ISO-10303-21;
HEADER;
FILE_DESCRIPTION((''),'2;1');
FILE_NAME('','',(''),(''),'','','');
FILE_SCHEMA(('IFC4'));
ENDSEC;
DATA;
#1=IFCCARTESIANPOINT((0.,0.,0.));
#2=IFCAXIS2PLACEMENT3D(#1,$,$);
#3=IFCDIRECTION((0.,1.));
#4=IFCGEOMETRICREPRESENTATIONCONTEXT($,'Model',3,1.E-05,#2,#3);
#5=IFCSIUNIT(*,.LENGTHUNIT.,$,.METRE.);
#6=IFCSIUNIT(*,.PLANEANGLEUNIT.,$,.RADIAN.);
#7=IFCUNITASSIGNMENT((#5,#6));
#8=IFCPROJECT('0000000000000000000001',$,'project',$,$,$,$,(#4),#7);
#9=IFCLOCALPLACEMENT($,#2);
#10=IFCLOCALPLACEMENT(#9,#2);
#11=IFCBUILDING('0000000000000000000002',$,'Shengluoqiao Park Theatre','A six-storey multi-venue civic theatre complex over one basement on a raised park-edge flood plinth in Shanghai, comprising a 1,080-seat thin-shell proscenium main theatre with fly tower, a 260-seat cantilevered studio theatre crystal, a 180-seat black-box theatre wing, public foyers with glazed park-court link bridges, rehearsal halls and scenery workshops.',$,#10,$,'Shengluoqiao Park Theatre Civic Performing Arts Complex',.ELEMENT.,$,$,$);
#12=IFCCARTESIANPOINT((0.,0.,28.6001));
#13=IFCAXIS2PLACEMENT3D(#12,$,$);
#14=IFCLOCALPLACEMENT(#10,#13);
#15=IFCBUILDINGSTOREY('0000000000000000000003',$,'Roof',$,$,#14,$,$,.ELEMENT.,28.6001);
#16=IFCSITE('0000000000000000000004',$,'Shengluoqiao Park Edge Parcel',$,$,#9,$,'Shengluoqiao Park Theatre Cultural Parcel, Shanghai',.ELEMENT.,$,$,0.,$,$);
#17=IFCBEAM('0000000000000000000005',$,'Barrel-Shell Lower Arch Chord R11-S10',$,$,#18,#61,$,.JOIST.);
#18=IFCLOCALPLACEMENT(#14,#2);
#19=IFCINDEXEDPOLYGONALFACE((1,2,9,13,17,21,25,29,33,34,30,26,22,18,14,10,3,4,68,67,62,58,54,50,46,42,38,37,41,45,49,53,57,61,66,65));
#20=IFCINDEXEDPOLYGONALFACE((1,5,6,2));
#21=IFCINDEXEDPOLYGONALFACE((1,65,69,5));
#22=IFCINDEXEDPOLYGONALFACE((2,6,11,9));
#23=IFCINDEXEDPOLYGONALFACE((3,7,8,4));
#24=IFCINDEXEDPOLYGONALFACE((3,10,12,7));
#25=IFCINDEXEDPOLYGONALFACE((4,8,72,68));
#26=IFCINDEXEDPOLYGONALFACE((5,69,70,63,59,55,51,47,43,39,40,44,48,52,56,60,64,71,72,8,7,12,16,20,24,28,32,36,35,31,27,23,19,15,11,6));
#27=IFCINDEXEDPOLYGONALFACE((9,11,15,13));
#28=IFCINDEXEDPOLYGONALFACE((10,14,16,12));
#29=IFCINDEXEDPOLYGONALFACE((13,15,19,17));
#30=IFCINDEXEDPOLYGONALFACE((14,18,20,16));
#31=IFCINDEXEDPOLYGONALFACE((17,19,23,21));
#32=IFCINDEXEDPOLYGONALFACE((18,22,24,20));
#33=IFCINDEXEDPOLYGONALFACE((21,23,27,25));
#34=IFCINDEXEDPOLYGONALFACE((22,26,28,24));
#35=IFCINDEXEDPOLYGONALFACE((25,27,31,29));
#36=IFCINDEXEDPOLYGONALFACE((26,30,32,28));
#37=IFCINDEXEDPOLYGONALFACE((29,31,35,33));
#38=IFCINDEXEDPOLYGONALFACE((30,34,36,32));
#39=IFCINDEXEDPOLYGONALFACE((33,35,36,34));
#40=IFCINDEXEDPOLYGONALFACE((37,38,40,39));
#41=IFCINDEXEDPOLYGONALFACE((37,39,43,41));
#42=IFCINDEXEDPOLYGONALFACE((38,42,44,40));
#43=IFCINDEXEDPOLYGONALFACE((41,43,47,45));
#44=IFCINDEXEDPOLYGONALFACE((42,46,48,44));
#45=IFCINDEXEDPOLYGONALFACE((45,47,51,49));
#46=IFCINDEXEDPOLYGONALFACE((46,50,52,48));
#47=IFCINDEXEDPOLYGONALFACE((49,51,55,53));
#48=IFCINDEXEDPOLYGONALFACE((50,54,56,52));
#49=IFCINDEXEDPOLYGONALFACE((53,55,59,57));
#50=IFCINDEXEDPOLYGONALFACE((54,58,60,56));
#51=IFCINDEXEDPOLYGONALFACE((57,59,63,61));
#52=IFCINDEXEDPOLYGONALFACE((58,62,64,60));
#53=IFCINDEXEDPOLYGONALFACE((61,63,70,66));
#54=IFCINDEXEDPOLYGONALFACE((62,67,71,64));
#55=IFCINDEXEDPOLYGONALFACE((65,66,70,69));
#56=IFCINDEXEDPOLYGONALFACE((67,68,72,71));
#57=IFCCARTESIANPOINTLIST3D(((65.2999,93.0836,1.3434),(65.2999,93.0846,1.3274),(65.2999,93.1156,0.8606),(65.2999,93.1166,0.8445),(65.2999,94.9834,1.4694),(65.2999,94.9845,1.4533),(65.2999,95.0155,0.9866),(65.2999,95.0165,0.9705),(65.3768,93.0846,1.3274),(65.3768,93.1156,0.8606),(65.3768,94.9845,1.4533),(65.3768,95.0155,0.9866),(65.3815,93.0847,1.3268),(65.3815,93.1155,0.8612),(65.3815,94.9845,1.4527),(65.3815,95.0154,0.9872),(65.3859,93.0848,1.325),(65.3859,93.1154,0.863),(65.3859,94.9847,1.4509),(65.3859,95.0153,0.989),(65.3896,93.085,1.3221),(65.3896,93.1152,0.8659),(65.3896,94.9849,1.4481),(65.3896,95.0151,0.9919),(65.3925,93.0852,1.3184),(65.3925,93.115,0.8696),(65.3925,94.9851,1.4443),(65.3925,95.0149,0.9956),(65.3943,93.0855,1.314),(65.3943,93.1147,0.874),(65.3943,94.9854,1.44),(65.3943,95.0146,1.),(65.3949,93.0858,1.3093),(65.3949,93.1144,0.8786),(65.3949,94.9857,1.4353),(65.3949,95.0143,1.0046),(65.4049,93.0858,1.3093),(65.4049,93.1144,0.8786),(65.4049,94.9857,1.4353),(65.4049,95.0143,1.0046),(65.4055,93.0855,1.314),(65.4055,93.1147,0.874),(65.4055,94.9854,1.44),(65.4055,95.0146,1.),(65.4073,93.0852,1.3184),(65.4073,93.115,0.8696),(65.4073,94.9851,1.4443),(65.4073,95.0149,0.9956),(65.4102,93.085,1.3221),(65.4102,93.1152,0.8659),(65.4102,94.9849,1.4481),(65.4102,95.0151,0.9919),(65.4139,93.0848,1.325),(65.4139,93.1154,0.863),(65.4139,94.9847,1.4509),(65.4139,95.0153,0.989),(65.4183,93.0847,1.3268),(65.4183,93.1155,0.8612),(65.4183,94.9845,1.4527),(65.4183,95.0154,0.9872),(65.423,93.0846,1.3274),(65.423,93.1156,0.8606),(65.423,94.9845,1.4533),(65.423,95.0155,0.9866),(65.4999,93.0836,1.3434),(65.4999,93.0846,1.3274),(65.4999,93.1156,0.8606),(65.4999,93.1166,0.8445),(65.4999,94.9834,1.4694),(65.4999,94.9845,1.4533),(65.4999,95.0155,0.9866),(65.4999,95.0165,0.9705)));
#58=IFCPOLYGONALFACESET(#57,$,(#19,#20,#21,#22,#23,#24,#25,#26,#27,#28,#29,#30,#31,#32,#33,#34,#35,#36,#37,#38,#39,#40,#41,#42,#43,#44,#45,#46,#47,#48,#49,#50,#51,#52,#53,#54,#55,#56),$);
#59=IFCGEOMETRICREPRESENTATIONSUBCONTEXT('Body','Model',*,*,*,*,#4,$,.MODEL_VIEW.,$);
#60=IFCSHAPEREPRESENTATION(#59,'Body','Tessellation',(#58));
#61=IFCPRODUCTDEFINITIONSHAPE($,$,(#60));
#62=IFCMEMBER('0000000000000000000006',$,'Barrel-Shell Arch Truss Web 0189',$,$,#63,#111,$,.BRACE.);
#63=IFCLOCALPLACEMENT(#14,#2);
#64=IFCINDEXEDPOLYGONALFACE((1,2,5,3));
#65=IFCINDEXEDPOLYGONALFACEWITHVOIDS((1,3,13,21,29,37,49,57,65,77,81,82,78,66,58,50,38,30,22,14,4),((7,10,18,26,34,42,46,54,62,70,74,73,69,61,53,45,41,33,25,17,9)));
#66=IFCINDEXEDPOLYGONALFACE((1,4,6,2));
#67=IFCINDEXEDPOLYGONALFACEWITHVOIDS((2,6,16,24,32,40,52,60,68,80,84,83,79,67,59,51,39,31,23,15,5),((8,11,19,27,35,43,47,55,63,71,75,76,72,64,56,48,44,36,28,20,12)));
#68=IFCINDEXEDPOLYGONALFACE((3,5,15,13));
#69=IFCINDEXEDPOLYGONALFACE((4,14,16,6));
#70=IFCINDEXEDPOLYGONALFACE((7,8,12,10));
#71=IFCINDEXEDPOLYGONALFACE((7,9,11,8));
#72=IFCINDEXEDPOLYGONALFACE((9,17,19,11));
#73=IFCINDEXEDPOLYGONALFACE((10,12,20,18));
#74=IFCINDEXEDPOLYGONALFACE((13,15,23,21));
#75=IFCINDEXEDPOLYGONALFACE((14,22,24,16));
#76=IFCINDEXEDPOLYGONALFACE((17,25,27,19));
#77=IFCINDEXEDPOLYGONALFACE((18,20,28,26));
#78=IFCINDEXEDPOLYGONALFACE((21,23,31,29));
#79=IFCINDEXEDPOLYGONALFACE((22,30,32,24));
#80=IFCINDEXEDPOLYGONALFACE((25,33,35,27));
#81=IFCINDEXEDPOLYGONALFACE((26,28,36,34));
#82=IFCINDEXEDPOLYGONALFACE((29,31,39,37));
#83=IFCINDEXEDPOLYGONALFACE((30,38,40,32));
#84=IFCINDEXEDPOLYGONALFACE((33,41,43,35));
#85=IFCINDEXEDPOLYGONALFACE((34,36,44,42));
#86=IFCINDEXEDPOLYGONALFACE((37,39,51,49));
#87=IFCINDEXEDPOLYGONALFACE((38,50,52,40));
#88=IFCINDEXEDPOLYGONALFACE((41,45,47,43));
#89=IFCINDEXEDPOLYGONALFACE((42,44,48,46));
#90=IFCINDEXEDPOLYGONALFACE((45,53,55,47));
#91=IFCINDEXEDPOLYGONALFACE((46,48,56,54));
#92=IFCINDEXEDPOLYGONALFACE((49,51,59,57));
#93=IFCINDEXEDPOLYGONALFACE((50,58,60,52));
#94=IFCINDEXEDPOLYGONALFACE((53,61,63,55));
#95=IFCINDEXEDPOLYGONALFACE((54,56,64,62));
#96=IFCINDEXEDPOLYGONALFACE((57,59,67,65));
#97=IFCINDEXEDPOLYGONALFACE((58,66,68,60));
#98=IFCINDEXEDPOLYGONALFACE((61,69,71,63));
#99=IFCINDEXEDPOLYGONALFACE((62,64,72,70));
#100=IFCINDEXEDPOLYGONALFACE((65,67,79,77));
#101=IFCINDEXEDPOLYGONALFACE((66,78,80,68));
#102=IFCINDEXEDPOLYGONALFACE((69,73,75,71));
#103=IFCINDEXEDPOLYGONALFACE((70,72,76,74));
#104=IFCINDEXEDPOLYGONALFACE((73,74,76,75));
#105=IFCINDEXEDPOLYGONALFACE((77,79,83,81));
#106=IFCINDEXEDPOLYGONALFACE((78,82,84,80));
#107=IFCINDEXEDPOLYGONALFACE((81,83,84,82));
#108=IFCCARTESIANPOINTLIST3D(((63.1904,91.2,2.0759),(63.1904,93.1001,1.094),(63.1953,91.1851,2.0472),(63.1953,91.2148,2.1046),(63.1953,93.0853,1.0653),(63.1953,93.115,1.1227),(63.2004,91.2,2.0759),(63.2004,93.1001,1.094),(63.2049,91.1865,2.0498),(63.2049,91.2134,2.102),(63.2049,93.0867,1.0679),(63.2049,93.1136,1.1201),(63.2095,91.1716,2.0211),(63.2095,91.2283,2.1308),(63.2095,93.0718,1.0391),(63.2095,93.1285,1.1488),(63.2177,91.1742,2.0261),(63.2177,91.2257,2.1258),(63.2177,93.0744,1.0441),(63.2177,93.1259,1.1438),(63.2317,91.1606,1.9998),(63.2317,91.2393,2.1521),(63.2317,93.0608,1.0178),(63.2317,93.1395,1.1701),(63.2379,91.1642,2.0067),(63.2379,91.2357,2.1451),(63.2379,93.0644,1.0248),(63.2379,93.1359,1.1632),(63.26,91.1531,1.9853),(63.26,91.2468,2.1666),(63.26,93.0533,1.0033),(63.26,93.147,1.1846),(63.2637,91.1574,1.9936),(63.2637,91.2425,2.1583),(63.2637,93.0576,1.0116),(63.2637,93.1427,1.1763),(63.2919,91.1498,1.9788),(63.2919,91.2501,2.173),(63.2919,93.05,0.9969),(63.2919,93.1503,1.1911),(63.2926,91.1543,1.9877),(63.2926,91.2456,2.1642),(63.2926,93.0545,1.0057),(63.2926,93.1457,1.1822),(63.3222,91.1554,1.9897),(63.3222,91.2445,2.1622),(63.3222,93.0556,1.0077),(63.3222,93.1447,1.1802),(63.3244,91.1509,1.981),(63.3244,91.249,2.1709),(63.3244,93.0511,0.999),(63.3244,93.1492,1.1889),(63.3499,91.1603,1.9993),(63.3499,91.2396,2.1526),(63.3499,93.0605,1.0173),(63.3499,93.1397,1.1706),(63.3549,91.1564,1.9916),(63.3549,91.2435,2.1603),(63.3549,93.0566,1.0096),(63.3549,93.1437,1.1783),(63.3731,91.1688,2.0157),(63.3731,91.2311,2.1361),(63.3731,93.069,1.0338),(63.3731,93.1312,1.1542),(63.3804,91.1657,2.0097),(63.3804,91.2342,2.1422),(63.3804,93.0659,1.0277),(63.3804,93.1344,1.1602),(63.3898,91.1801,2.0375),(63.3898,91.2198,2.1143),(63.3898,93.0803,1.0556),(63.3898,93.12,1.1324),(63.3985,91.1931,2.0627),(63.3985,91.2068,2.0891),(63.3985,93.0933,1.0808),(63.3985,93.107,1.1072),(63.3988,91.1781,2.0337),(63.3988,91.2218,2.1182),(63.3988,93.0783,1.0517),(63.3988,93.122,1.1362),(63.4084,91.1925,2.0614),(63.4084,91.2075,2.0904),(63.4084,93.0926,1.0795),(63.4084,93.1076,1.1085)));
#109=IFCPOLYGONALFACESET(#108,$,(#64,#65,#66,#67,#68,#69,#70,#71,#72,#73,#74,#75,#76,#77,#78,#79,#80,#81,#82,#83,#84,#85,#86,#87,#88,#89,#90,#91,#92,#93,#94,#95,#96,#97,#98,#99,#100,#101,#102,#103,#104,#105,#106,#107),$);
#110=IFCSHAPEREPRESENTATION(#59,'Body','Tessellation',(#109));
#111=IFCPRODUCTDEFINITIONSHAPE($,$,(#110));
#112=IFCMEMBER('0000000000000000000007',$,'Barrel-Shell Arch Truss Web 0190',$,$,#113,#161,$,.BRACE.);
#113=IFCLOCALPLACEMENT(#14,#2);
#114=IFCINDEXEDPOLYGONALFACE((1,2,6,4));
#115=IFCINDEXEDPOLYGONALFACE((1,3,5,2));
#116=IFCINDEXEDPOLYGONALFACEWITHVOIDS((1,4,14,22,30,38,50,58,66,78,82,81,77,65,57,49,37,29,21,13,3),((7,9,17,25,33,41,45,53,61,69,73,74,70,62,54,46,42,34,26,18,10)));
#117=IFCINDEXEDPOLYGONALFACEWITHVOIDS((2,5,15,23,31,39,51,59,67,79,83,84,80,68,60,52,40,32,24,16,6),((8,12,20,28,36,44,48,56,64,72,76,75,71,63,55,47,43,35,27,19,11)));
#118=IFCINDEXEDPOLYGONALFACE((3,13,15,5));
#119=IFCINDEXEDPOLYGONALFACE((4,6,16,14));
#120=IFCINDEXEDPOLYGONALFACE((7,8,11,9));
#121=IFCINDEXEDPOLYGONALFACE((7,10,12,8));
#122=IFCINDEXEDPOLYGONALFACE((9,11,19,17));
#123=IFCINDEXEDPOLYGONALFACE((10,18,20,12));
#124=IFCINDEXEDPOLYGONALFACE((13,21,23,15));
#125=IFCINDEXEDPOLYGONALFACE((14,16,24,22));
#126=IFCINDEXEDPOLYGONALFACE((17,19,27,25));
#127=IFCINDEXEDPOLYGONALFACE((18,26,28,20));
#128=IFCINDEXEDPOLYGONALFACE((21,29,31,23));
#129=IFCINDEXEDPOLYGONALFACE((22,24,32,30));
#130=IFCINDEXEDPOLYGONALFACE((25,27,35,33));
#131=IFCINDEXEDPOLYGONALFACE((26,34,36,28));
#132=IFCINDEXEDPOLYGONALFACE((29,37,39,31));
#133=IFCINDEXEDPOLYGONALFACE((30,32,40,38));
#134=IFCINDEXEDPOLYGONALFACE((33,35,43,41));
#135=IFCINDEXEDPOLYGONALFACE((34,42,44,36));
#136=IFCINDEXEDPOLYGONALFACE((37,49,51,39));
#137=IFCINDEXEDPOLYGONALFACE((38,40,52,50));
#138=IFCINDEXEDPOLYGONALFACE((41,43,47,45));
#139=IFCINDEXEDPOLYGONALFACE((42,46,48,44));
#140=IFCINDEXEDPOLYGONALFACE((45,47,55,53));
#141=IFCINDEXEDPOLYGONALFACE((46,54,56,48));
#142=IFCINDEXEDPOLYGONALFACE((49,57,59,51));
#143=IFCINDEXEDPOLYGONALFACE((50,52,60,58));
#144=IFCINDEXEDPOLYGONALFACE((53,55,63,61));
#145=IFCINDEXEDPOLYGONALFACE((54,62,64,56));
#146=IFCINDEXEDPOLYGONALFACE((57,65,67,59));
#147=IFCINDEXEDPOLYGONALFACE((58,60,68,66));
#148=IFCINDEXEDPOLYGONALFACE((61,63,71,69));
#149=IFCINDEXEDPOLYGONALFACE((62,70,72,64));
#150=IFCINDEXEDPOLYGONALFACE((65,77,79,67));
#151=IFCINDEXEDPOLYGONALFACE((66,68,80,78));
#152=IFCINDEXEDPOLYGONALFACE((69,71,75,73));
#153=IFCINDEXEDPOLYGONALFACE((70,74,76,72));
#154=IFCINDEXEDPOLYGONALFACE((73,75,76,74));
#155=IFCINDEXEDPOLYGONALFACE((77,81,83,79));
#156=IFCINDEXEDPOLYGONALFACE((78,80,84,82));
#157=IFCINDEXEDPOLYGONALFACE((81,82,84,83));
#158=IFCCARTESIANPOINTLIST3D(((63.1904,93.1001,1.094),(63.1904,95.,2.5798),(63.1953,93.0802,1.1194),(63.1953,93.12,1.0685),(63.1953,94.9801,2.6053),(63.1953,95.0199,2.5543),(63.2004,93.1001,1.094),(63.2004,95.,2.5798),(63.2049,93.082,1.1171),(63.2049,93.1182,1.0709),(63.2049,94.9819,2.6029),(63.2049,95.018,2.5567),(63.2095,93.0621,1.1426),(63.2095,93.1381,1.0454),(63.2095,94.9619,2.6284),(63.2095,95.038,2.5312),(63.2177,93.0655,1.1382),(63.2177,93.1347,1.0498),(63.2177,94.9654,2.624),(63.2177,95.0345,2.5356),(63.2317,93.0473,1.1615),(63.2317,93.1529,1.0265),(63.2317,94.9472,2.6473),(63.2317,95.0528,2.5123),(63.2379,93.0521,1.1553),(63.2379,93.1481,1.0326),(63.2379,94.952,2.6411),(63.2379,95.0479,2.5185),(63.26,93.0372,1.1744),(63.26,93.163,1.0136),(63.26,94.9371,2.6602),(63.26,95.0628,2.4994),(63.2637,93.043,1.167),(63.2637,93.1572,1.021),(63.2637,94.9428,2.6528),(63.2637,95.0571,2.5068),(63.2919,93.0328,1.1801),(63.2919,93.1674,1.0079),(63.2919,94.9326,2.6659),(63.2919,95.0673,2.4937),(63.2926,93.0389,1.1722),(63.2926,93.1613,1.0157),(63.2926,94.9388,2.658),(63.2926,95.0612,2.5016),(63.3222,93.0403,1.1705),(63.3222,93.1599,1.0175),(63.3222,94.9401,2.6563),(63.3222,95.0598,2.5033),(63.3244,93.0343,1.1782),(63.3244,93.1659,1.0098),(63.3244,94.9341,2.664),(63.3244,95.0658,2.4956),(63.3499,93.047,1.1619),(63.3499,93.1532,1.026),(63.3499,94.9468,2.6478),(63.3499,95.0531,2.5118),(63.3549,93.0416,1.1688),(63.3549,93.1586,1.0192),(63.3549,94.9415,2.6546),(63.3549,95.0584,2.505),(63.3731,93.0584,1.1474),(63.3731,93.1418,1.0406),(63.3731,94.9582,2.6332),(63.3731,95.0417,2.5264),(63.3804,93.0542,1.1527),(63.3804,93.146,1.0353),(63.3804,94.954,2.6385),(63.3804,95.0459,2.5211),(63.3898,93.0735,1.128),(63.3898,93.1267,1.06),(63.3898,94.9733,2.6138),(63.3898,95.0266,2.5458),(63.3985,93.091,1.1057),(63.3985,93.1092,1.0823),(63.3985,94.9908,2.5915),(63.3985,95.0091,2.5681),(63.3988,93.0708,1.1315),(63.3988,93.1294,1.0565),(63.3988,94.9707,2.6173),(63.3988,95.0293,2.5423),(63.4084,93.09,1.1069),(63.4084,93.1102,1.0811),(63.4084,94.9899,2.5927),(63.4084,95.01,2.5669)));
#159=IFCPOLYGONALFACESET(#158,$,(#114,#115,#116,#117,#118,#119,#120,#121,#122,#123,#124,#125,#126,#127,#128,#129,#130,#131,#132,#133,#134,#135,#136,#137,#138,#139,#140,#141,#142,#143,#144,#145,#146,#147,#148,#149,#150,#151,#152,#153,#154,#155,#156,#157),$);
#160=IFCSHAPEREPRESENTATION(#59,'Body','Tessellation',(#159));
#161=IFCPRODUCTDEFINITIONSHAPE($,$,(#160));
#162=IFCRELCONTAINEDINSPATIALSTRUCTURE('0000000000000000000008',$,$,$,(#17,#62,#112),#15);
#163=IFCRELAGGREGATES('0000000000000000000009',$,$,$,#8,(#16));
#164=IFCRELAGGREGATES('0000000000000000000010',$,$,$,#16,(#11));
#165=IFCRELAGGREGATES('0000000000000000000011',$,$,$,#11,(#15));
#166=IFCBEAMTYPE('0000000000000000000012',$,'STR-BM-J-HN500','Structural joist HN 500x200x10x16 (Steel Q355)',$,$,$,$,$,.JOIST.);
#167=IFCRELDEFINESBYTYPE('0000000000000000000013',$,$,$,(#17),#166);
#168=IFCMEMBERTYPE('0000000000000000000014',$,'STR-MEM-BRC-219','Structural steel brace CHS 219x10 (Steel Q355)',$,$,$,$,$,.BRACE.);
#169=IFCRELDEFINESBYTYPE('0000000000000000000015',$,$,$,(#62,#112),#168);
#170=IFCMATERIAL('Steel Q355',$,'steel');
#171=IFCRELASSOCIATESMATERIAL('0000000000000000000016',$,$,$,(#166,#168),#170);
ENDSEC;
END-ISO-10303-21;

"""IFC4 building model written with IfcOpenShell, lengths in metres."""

from ifc_helpers import new_model, si_unit, direction, frame, origin, origin_2d, place, context, subcontext, project, spatial, hollow_circle, i_section, extrude, material, material_profile, profile_set, type_object, element, save


model = new_model("IFC4")

# Units and contexts
model_context = context("Model", 3, precision=1e-05, world=origin(), true_north=direction((0.0, 1.0)))
body_context = subcontext(model_context, "Body", "Model", "MODEL_VIEW")
ifc_project = project(units=[si_unit("LENGTHUNIT", "METRE"), si_unit("PLANEANGLEUNIT", "RADIAN")], contexts=[model_context])

# Site, building, storey
site_placement = place(None, origin())
site = spatial("IfcSite", under=ifc_project, at=site_placement, Name="Shengluoqiao Park Edge Parcel", LongName="Shengluoqiao Park Theatre Cultural Parcel, Shanghai", CompositionType="ELEMENT", RefElevation=0.0)
building_placement = place(site_placement, origin())
building = spatial("IfcBuilding", under=site, at=building_placement, Name="Shengluoqiao Park Theatre", Description="A six-storey multi-venue civic theatre complex over one basement on a raised park-edge flood plinth in Shanghai, comprising a 1,080-seat thin-shell proscenium main theatre with fly tower, a 260-seat cantilevered studio theatre crystal, a 180-seat black-box theatre wing, public foyers with glazed park-court link bridges, rehearsal halls and scenery workshops.", LongName="Shengluoqiao Park Theatre Civic Performing Arts Complex", CompositionType="ELEMENT")
storey_placement = place(building_placement, frame((0.0, 0.0, 28.6001)))
storey = spatial("IfcBuildingStorey", under=building, at=storey_placement, Name="Roof", CompositionType="ELEMENT", Elevation=28.6001)

# Beam
ifc_material_1 = material(Name="Steel Q355", Category="steel")
ifc_material_profile_1 = material_profile(ifc_material_1, i_section(OverallWidth=0.2, OverallDepth=0.5, WebThickness=0.01, FlangeThickness=0.0161, FilletRadius=0.0181, at=origin_2d()), Name="HN 500x200x10x16")
ifc_profile_set_1 = profile_set([ifc_material_profile_1], Name="Steel Q355")
beam_type_1 = type_object("IfcBeamType", Name="STR-BM-J-HN500", Description="Structural joist HN 500x200x10x16 (Steel Q355)", PredefinedType="JOIST", material=ifc_profile_set_1)
beam_1_placement = place(storey_placement, frame((65.3999, 93.1001, 1.094), z_axis=(0.0, 0.997809, 0.066162), x_axis=(-1.0, 0.0, 0.0)))
element("IfcBeam", 1, at=beam_1_placement, inside=storey, type_object=beam_type_1, Name="Barrel-Shell Lower Arch Chord R11-S10", PredefinedType="JOIST", context=body_context, shape_type="SweptSolid", body=[
    extrude(i_section(OverallWidth=0.2, OverallDepth=0.5, WebThickness=0.01, FlangeThickness=0.0161, FilletRadius=0.0181, at=origin_2d()), origin(), (0.0, 0.0, 1.0), 1.9041),
])

# Members
ifc_material_profile_2 = material_profile(ifc_material_1, hollow_circle(Radius=0.1096, WallThickness=0.01, at=origin_2d()), Name="CHS 219x10")
ifc_profile_set_2 = profile_set([ifc_material_profile_2], Name="Steel Q355")
member_type_1 = type_object("IfcMemberType", Name="STR-MEM-BRC-219", Description="Structural steel brace CHS 219x10 (Steel Q355)", PredefinedType="BRACE", material=ifc_profile_set_2)
member_1_placement = place(storey_placement, frame((63.3, 91.2, 2.0759), z_axis=(0.0, 0.888389, -0.459091), x_axis=(-1.0, 0.0, 0.0)))
element("IfcMember", 2, at=member_1_placement, inside=storey, type_object=member_type_1, Name="Barrel-Shell Arch Truss Web 0189", PredefinedType="BRACE", context=body_context, shape_type="SweptSolid", body=[
    extrude(hollow_circle(Radius=0.1096, WallThickness=0.01, at=origin_2d()), origin(), (0.0, 0.0, 1.0), 2.1389),
])
for number, where, z_axis, x_axis, name in (
    (3, (63.3, 93.1001, 1.094), (0.0, 0.787714, 0.616041), (-1.0, 0.0, 0.0), "Barrel-Shell Arch Truss Web 0190"),
):
    element("IfcMember", number, at=place(storey_placement, frame(where, z_axis=z_axis, x_axis=x_axis)), inside=storey, type_object=member_type_1, Name=name, PredefinedType="BRACE", context=body_context, shape_type="SweptSolid", body=[
        extrude(hollow_circle(Radius=0.1096, WallThickness=0.01, at=origin_2d()), origin(), (0.0, 0.0, 1.0), 2.4119),
    ])

save(model, "model.ifc")
